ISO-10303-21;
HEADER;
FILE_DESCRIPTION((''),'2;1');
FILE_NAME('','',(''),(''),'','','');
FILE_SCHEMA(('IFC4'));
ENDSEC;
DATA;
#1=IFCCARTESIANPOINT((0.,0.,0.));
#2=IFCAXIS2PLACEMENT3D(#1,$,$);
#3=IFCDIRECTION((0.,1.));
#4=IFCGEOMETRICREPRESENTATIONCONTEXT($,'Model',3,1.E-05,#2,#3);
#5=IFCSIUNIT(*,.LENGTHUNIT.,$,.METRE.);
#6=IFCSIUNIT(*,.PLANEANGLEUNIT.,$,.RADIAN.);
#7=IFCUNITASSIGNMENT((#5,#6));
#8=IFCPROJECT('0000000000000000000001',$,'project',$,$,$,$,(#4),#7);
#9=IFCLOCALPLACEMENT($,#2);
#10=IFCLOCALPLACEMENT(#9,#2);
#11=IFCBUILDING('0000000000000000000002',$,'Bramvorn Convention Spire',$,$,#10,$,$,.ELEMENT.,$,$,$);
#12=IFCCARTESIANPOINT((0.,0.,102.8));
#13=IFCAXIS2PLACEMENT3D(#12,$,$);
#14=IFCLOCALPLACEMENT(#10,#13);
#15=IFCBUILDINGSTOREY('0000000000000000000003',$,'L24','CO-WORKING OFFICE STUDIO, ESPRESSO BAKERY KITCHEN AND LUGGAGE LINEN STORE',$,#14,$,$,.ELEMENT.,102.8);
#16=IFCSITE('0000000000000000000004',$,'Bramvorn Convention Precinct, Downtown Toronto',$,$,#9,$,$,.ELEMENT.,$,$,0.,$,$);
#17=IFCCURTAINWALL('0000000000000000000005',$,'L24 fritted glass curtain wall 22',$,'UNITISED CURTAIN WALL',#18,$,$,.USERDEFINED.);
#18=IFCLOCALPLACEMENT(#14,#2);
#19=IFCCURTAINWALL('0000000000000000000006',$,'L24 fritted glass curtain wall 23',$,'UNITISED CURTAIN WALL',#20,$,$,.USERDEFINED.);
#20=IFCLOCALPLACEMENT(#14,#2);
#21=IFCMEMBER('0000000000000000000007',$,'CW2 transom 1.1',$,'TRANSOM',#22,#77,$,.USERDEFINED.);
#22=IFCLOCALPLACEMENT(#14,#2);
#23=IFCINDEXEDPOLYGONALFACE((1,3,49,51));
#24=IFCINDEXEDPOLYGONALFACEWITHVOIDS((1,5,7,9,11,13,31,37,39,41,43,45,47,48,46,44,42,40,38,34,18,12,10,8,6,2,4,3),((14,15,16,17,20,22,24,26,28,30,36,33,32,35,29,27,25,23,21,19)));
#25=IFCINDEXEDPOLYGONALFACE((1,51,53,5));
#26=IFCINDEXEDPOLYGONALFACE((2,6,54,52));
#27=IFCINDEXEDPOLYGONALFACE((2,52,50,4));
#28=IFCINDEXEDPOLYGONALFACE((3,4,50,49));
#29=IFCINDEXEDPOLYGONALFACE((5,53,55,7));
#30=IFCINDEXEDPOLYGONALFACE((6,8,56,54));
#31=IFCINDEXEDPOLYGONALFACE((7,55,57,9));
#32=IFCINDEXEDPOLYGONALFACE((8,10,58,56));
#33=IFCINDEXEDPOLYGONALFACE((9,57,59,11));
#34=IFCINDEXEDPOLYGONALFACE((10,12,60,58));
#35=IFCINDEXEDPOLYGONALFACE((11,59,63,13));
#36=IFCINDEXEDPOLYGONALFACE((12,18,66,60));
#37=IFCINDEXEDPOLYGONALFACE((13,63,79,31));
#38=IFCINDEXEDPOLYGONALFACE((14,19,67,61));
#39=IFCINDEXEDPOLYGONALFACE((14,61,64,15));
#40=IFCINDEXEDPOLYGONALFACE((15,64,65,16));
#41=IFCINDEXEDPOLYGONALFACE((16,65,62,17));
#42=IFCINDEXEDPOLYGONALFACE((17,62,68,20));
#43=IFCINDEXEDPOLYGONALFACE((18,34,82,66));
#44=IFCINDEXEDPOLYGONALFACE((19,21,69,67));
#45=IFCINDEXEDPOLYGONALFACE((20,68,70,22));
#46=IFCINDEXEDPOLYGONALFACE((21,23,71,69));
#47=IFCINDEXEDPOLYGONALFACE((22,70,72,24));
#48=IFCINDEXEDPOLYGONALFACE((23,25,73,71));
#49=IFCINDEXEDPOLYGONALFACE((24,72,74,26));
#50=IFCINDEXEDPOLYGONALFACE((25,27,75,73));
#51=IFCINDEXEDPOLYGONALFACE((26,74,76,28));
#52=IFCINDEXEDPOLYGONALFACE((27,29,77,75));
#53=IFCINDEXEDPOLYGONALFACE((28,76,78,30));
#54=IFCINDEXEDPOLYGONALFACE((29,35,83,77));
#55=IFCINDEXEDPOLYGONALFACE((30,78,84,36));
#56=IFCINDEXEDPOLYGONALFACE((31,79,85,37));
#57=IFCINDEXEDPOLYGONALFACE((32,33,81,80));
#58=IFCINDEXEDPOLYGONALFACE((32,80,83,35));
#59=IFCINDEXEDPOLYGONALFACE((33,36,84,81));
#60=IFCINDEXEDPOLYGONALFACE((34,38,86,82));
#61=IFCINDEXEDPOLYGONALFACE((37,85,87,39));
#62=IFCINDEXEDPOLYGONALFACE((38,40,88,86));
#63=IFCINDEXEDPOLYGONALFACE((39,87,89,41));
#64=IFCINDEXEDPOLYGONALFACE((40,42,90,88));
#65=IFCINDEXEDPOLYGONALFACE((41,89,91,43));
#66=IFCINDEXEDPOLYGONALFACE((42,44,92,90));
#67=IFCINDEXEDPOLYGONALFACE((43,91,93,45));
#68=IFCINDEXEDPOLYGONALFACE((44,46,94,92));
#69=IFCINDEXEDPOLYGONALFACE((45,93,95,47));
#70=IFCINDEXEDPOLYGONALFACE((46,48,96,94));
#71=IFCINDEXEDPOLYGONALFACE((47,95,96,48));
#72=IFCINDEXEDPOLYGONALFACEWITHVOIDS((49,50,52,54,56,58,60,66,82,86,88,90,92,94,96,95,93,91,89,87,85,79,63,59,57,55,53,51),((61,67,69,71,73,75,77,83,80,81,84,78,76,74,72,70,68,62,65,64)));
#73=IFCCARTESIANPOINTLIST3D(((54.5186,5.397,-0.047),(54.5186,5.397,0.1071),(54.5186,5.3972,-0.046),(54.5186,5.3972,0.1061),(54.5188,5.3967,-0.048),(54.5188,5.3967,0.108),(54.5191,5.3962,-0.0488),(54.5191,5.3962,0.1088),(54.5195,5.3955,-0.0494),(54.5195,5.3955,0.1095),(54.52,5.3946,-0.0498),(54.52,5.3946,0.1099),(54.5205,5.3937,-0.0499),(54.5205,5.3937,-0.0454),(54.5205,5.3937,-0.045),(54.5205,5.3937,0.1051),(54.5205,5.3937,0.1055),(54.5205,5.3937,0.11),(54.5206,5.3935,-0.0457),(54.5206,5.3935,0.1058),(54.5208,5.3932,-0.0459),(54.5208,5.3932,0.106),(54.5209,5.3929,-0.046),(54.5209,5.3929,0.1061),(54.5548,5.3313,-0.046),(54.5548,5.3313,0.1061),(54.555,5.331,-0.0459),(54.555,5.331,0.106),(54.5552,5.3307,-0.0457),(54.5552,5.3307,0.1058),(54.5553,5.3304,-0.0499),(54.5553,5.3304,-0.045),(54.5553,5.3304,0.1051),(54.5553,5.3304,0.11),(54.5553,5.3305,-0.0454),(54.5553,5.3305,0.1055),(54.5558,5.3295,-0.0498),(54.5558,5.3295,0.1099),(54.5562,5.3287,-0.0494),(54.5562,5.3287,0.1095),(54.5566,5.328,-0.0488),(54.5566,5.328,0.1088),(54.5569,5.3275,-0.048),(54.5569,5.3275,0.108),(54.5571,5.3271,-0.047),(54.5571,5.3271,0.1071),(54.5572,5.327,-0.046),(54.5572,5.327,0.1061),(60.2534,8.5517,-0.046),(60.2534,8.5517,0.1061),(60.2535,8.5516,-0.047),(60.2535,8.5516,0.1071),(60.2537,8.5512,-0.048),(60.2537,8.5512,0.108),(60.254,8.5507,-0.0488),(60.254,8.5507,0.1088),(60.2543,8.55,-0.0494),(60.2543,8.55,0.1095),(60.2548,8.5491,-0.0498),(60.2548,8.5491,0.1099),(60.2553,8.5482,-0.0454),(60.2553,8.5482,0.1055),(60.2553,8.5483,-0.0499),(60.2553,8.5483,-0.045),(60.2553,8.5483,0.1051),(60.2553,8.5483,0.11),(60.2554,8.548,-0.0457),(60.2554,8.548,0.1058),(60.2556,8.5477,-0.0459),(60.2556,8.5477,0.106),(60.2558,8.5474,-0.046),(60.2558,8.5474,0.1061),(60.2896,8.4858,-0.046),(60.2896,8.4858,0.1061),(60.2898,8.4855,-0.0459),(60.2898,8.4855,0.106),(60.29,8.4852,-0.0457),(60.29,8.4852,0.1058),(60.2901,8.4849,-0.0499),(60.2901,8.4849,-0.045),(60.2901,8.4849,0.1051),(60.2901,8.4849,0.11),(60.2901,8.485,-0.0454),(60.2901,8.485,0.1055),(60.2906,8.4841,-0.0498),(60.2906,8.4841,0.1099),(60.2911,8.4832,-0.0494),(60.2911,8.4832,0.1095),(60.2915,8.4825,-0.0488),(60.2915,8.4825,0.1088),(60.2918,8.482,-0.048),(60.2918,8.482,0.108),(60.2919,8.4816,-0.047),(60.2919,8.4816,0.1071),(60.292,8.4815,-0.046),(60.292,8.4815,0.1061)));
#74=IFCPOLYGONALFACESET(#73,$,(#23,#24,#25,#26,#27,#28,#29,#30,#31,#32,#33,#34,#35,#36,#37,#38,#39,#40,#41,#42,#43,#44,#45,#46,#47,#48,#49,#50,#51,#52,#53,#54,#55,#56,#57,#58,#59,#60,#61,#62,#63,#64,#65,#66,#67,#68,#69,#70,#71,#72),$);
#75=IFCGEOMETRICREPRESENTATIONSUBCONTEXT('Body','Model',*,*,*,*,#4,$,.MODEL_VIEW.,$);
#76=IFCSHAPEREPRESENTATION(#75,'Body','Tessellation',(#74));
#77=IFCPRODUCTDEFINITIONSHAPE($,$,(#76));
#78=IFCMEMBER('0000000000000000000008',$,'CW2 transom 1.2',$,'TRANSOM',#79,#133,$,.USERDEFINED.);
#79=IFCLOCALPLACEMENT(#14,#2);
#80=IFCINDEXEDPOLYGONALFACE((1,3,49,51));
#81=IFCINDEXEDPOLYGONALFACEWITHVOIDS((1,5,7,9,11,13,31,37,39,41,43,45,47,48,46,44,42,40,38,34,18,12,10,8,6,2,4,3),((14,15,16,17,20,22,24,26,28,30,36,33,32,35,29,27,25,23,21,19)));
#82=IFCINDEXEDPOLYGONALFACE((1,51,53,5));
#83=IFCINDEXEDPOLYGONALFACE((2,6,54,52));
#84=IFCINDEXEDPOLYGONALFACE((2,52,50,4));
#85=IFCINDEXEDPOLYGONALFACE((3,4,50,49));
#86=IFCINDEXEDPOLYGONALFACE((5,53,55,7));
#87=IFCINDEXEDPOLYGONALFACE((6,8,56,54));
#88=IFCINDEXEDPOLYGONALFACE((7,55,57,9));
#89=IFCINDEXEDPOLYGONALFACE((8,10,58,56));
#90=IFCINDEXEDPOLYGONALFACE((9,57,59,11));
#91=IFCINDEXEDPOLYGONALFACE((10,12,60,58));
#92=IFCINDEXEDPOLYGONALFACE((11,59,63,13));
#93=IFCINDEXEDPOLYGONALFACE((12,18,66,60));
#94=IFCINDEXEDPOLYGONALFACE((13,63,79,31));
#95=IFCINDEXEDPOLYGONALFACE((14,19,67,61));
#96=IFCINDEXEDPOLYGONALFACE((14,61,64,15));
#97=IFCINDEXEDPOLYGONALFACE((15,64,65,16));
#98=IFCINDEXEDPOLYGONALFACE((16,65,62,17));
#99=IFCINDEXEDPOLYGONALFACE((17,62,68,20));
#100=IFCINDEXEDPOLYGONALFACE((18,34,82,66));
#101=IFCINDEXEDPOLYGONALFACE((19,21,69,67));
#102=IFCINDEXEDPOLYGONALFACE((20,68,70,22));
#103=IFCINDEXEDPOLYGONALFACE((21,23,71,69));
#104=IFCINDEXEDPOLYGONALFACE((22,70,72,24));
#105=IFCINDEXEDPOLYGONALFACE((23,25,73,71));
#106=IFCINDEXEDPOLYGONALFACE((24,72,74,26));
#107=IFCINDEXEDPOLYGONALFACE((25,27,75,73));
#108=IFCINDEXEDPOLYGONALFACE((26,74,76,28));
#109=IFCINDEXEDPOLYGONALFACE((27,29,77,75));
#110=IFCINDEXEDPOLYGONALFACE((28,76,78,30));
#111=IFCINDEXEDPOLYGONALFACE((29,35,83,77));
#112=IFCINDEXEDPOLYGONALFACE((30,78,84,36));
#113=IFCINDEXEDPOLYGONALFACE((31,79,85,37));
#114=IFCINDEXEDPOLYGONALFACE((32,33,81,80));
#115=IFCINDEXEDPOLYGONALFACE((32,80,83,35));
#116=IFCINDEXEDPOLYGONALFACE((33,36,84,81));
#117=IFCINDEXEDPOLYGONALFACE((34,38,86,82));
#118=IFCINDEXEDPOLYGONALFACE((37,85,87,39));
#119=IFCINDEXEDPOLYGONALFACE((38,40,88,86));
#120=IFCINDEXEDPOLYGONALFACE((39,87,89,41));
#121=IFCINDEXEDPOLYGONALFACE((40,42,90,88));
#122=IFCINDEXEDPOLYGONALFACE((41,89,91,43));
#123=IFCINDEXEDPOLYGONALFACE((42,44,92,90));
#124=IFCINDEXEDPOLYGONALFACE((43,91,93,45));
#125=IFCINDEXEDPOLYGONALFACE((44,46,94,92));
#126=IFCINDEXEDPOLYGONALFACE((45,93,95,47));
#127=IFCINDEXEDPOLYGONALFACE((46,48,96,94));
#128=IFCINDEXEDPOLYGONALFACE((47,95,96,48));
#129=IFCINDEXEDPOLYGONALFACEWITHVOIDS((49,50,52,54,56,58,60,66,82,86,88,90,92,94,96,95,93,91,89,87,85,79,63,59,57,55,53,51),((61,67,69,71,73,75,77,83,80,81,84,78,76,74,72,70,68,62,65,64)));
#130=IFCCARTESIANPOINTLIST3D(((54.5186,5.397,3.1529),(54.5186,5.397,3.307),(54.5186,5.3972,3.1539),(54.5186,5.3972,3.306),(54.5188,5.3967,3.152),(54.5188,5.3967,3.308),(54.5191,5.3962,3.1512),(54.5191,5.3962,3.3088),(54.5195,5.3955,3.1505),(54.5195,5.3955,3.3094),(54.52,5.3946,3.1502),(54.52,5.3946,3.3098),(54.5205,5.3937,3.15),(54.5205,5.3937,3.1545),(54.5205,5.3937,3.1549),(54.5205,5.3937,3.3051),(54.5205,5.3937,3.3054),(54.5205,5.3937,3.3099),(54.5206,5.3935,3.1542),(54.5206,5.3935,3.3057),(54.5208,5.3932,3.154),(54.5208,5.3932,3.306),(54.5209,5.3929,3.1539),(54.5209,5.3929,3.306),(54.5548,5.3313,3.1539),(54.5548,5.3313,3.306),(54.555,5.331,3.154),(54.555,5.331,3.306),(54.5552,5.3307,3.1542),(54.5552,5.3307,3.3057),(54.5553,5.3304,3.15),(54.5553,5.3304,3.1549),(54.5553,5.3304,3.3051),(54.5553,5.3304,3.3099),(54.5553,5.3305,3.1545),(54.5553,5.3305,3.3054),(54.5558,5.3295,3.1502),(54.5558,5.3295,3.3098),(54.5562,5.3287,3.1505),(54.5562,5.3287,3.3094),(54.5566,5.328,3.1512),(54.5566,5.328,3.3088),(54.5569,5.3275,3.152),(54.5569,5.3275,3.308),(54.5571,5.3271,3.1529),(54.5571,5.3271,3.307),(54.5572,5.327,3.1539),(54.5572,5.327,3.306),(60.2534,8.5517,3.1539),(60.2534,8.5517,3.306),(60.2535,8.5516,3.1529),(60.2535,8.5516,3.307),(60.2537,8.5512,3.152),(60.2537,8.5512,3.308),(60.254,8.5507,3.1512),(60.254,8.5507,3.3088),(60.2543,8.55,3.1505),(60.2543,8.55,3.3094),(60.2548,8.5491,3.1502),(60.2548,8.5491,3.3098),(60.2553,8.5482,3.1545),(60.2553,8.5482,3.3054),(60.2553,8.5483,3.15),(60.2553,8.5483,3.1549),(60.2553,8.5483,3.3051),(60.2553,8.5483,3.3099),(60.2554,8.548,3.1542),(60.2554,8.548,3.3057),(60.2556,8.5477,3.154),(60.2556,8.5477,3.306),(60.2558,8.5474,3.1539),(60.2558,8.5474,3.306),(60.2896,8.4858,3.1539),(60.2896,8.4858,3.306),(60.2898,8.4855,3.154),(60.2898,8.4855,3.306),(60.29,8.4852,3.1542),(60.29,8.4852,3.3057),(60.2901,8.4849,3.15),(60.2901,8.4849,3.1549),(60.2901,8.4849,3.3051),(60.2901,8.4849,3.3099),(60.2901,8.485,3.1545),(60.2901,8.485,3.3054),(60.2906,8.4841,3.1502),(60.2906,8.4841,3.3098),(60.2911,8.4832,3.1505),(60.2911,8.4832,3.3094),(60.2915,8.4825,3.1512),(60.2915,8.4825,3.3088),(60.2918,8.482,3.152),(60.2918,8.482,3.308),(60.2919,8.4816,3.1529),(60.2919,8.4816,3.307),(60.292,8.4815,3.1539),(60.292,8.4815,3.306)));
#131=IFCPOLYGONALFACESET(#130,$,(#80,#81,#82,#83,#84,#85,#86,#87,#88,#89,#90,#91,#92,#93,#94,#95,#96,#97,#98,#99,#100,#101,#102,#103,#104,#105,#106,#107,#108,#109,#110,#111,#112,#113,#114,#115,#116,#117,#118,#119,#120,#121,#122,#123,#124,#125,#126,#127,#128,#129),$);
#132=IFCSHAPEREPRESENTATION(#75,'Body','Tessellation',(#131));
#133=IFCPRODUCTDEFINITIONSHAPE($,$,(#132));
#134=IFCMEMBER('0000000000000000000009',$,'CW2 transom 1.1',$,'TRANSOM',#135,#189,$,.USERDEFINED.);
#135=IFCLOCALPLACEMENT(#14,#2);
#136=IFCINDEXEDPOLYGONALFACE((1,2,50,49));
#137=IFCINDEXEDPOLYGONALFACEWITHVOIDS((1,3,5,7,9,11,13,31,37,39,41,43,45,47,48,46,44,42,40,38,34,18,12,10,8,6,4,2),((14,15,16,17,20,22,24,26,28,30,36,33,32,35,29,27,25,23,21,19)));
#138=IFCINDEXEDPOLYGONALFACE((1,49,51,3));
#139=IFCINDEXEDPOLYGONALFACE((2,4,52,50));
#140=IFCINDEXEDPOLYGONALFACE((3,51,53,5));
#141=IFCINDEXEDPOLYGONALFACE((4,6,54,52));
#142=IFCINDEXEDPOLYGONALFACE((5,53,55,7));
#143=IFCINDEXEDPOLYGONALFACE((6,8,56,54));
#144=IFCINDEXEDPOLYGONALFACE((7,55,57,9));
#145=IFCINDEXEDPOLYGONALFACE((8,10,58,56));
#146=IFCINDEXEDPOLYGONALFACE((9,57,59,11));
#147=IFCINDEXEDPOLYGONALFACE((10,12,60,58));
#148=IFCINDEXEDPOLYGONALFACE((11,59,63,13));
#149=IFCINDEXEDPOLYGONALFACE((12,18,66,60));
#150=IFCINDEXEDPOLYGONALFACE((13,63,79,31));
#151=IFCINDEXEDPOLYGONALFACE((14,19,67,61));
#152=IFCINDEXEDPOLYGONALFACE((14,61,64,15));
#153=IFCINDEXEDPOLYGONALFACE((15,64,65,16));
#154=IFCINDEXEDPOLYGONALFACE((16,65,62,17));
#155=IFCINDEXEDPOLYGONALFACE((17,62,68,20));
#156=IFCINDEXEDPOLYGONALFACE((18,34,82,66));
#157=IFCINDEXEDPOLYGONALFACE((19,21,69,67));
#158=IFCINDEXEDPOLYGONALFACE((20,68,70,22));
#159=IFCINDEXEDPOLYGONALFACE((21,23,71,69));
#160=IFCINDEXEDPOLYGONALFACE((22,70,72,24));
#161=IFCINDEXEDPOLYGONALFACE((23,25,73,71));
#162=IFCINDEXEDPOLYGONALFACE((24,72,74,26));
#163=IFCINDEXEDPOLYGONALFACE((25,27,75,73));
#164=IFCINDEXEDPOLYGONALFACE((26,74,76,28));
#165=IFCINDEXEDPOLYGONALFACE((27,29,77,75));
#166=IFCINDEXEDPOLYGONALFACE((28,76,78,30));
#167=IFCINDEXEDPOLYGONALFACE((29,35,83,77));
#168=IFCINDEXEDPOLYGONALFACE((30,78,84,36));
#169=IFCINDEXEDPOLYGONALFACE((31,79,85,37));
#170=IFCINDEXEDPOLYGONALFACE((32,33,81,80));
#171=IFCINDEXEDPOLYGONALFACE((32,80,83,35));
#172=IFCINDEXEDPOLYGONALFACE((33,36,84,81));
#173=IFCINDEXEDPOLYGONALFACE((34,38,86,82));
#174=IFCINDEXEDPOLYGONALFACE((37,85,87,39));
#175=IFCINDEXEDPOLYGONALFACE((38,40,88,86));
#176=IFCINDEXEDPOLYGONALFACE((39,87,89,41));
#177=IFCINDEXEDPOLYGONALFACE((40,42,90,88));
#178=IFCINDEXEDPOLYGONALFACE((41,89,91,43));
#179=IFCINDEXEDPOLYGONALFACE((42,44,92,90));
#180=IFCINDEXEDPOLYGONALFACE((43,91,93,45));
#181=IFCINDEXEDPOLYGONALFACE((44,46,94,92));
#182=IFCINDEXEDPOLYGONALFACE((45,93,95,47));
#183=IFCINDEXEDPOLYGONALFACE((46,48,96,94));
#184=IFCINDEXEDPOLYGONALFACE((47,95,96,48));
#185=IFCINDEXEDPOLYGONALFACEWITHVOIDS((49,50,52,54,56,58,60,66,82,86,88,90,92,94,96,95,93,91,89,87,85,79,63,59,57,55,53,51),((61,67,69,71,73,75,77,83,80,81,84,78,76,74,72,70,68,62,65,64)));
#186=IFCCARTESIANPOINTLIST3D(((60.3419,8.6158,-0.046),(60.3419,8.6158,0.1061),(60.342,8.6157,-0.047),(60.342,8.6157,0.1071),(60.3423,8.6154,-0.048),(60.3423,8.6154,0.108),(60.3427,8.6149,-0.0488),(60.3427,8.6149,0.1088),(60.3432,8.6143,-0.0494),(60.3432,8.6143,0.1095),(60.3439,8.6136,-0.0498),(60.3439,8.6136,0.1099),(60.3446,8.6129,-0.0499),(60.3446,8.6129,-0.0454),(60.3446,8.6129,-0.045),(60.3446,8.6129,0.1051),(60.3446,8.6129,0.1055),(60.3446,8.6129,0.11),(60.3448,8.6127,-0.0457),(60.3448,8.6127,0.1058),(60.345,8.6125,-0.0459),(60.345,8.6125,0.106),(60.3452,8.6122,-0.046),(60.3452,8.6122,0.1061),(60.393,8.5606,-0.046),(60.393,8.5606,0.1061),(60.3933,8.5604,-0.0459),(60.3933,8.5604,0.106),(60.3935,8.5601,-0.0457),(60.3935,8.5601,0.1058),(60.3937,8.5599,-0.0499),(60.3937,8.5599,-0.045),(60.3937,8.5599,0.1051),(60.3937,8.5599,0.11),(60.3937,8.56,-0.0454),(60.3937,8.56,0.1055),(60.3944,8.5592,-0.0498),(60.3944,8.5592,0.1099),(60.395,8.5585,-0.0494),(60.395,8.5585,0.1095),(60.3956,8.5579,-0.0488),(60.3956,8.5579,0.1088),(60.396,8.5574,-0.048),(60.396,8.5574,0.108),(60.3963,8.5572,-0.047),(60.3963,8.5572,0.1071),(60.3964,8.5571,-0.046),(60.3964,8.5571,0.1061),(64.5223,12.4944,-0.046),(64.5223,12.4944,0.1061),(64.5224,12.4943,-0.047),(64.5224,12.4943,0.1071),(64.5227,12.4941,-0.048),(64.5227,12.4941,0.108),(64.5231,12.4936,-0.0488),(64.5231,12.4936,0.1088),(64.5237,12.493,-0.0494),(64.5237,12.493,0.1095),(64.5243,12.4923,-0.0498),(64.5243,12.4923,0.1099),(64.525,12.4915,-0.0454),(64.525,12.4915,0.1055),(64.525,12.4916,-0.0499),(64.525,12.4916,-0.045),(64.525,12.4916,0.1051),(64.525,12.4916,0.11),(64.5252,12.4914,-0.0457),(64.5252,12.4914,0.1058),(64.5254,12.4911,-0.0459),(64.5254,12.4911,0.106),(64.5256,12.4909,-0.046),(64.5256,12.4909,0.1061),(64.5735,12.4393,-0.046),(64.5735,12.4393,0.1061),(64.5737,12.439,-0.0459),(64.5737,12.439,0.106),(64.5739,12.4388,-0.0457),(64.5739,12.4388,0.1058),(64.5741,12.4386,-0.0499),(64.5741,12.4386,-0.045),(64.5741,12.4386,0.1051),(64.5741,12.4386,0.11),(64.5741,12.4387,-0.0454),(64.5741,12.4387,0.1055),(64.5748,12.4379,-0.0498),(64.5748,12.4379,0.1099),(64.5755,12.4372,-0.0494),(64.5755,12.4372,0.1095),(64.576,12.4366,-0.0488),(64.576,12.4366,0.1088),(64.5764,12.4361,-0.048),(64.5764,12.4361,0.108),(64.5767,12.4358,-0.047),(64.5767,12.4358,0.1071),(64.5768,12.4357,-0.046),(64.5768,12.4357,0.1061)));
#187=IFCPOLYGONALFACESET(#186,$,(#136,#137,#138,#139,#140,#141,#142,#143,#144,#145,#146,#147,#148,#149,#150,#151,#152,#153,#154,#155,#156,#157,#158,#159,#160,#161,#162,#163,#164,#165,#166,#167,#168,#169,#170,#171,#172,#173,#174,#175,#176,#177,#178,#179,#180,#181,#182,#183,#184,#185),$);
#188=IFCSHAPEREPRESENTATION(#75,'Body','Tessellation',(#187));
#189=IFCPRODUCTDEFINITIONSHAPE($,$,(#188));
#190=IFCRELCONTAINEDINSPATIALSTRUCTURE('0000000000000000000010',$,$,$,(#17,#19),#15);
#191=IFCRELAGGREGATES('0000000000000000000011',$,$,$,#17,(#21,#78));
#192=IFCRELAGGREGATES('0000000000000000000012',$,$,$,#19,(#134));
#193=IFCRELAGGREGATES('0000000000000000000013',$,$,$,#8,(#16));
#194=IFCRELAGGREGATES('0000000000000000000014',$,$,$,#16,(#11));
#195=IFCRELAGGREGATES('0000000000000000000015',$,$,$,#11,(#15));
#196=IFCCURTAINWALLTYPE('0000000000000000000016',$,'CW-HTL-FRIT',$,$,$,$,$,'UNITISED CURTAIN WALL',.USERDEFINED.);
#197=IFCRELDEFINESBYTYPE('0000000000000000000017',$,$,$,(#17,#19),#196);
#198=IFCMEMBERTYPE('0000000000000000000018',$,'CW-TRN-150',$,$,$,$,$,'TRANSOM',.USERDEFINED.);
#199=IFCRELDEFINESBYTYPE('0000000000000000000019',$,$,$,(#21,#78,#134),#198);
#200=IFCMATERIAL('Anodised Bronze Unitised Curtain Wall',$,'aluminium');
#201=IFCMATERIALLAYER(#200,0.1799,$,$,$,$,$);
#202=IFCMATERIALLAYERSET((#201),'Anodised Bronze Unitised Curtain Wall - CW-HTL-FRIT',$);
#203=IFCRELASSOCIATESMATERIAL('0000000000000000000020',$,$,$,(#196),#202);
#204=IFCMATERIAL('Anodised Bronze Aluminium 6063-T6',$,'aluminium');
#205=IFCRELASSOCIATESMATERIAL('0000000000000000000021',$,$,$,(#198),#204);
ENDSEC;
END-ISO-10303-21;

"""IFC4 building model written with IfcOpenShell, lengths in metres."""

from ifc_helpers import new_model, si_unit, direction, frame, origin, origin_2d, place, context, subcontext, project, spatial, hollow_rectangle, extrude, material, layer, layer_set, material_profile, profile_set, type_object, element, aggregate, save


model = new_model("IFC4")

# Units and contexts
model_context = context("Model", 3, precision=1e-05, world=origin(), true_north=direction((0.0, 1.0)))
body_context = subcontext(model_context, "Body", "Model", "MODEL_VIEW")
ifc_project = project(units=[si_unit("LENGTHUNIT", "METRE"), si_unit("PLANEANGLEUNIT", "RADIAN")], contexts=[model_context])

# Site, building, storey
site_placement = place(None, origin())
site = spatial("IfcSite", under=ifc_project, at=site_placement, Name="Bramvorn Convention Precinct, Downtown Toronto", CompositionType="ELEMENT", RefElevation=0.0)
building_placement = place(site_placement, origin())
building = spatial("IfcBuilding", under=site, at=building_placement, Name="Bramvorn Convention Spire", CompositionType="ELEMENT")
storey_placement = place(building_placement, frame((0.0, 0.0, 102.8)))
storey = spatial("IfcBuildingStorey", under=building, at=storey_placement, Name="L24", Description="CO-WORKING OFFICE STUDIO, ESPRESSO BAKERY KITCHEN AND LUGGAGE LINEN STORE", CompositionType="ELEMENT", Elevation=102.8)

# Curtain walls
ifc_material_1 = material(Name="Anodised Bronze Unitised Curtain Wall", Category="aluminium")
ifc_layer_1 = layer(ifc_material_1, 0.1799)
ifc_layer_set_1 = layer_set([ifc_layer_1], Name="Anodised Bronze Unitised Curtain Wall - CW-HTL-FRIT")
curtain_wall_type = type_object("IfcCurtainWallType", Name="CW-HTL-FRIT", ElementType="UNITISED CURTAIN WALL", PredefinedType="USERDEFINED", material=ifc_layer_set_1)
curtain_wall_1_placement = place(storey_placement, origin())
curtain_wall_1 = element("IfcCurtainWall", 1, at=curtain_wall_1_placement, inside=storey, type_object=curtain_wall_type, Name="L24 fritted glass curtain wall 22", ObjectType="UNITISED CURTAIN WALL", PredefinedType="USERDEFINED")
ifc_material_2 = material(Name="Anodised Bronze Aluminium 6063-T6", Category="aluminium")
curtain_wall_2_placement = place(storey_placement, origin())
curtain_wall_2 = element("IfcCurtainWall", 2, at=curtain_wall_2_placement, inside=storey, type_object=curtain_wall_type, Name="L24 fritted glass curtain wall 23", ObjectType="UNITISED CURTAIN WALL", PredefinedType="USERDEFINED")

# Members
ifc_material_profile_1 = material_profile(ifc_material_2, hollow_rectangle(XDim=0.0801, YDim=0.1599, WallThickness=0.0039, InnerFilletRadius=0.001, OuterFilletRadius=0.0039, at=origin_2d()))
ifc_profile_set_1 = profile_set([ifc_material_profile_1], Name="Anodised Bronze Aluminium 6063-T6 - CWT80X160")
member_type_1 = type_object("IfcMemberType", Name="CW-TRN-150", ElementType="TRANSOM", PredefinedType="USERDEFINED", material=ifc_profile_set_1)
member_1_placement = place(storey_placement, frame((60.2727, 8.5166, 0.03), z_axis=(-0.876192, -0.481962, 0.0), x_axis=(0.481962, -0.876192, 0.0)))
member_1 = element("IfcMember", 3, at=member_1_placement, type_object=member_type_1, Name="CW2 transom 1.1", ObjectType="TRANSOM", PredefinedType="USERDEFINED", context=body_context, shape_type="SweptSolid", body=[
    extrude(hollow_rectangle(XDim=0.0801, YDim=0.1599, WallThickness=0.0039, InnerFilletRadius=0.001, OuterFilletRadius=0.0039, at=origin_2d()), origin(), (0.0, 0.0, 1.0), 6.5452),
])
member_2_placement = place(storey_placement, frame((60.2727, 8.5166, 3.23), z_axis=(-0.876192, -0.481962, 0.0), x_axis=(0.481962, -0.876192, 0.0)))
member_2 = element("IfcMember", 4, at=member_2_placement, type_object=member_type_1, Name="CW2 transom 1.2", ObjectType="TRANSOM", PredefinedType="USERDEFINED", context=body_context, shape_type="SweptSolid", body=[
    extrude(hollow_rectangle(XDim=0.0801, YDim=0.1599, WallThickness=0.0039, InnerFilletRadius=0.001, OuterFilletRadius=0.0039, at=origin_2d()), origin(), (0.0, 0.0, 1.0), 6.5452),
])
member_3_placement = place(storey_placement, frame((64.5496, 12.4651, 0.03), z_axis=(-0.733069, -0.680154, 0.0), x_axis=(0.680154, -0.733069, 0.0)))
member_3 = element("IfcMember", 5, at=member_3_placement, type_object=member_type_1, Name="CW2 transom 1.1", ObjectType="TRANSOM", PredefinedType="USERDEFINED", context=body_context, shape_type="SweptSolid", body=[
    extrude(hollow_rectangle(XDim=0.0801, YDim=0.1599, WallThickness=0.0039, InnerFilletRadius=0.001, OuterFilletRadius=0.0039, at=origin_2d()), origin(), (0.0, 0.0, 1.0), 5.7026),
])

aggregate(curtain_wall_1, [member_1, member_2])
aggregate(curtain_wall_2, [member_3])

save(model, "model.ifc")
